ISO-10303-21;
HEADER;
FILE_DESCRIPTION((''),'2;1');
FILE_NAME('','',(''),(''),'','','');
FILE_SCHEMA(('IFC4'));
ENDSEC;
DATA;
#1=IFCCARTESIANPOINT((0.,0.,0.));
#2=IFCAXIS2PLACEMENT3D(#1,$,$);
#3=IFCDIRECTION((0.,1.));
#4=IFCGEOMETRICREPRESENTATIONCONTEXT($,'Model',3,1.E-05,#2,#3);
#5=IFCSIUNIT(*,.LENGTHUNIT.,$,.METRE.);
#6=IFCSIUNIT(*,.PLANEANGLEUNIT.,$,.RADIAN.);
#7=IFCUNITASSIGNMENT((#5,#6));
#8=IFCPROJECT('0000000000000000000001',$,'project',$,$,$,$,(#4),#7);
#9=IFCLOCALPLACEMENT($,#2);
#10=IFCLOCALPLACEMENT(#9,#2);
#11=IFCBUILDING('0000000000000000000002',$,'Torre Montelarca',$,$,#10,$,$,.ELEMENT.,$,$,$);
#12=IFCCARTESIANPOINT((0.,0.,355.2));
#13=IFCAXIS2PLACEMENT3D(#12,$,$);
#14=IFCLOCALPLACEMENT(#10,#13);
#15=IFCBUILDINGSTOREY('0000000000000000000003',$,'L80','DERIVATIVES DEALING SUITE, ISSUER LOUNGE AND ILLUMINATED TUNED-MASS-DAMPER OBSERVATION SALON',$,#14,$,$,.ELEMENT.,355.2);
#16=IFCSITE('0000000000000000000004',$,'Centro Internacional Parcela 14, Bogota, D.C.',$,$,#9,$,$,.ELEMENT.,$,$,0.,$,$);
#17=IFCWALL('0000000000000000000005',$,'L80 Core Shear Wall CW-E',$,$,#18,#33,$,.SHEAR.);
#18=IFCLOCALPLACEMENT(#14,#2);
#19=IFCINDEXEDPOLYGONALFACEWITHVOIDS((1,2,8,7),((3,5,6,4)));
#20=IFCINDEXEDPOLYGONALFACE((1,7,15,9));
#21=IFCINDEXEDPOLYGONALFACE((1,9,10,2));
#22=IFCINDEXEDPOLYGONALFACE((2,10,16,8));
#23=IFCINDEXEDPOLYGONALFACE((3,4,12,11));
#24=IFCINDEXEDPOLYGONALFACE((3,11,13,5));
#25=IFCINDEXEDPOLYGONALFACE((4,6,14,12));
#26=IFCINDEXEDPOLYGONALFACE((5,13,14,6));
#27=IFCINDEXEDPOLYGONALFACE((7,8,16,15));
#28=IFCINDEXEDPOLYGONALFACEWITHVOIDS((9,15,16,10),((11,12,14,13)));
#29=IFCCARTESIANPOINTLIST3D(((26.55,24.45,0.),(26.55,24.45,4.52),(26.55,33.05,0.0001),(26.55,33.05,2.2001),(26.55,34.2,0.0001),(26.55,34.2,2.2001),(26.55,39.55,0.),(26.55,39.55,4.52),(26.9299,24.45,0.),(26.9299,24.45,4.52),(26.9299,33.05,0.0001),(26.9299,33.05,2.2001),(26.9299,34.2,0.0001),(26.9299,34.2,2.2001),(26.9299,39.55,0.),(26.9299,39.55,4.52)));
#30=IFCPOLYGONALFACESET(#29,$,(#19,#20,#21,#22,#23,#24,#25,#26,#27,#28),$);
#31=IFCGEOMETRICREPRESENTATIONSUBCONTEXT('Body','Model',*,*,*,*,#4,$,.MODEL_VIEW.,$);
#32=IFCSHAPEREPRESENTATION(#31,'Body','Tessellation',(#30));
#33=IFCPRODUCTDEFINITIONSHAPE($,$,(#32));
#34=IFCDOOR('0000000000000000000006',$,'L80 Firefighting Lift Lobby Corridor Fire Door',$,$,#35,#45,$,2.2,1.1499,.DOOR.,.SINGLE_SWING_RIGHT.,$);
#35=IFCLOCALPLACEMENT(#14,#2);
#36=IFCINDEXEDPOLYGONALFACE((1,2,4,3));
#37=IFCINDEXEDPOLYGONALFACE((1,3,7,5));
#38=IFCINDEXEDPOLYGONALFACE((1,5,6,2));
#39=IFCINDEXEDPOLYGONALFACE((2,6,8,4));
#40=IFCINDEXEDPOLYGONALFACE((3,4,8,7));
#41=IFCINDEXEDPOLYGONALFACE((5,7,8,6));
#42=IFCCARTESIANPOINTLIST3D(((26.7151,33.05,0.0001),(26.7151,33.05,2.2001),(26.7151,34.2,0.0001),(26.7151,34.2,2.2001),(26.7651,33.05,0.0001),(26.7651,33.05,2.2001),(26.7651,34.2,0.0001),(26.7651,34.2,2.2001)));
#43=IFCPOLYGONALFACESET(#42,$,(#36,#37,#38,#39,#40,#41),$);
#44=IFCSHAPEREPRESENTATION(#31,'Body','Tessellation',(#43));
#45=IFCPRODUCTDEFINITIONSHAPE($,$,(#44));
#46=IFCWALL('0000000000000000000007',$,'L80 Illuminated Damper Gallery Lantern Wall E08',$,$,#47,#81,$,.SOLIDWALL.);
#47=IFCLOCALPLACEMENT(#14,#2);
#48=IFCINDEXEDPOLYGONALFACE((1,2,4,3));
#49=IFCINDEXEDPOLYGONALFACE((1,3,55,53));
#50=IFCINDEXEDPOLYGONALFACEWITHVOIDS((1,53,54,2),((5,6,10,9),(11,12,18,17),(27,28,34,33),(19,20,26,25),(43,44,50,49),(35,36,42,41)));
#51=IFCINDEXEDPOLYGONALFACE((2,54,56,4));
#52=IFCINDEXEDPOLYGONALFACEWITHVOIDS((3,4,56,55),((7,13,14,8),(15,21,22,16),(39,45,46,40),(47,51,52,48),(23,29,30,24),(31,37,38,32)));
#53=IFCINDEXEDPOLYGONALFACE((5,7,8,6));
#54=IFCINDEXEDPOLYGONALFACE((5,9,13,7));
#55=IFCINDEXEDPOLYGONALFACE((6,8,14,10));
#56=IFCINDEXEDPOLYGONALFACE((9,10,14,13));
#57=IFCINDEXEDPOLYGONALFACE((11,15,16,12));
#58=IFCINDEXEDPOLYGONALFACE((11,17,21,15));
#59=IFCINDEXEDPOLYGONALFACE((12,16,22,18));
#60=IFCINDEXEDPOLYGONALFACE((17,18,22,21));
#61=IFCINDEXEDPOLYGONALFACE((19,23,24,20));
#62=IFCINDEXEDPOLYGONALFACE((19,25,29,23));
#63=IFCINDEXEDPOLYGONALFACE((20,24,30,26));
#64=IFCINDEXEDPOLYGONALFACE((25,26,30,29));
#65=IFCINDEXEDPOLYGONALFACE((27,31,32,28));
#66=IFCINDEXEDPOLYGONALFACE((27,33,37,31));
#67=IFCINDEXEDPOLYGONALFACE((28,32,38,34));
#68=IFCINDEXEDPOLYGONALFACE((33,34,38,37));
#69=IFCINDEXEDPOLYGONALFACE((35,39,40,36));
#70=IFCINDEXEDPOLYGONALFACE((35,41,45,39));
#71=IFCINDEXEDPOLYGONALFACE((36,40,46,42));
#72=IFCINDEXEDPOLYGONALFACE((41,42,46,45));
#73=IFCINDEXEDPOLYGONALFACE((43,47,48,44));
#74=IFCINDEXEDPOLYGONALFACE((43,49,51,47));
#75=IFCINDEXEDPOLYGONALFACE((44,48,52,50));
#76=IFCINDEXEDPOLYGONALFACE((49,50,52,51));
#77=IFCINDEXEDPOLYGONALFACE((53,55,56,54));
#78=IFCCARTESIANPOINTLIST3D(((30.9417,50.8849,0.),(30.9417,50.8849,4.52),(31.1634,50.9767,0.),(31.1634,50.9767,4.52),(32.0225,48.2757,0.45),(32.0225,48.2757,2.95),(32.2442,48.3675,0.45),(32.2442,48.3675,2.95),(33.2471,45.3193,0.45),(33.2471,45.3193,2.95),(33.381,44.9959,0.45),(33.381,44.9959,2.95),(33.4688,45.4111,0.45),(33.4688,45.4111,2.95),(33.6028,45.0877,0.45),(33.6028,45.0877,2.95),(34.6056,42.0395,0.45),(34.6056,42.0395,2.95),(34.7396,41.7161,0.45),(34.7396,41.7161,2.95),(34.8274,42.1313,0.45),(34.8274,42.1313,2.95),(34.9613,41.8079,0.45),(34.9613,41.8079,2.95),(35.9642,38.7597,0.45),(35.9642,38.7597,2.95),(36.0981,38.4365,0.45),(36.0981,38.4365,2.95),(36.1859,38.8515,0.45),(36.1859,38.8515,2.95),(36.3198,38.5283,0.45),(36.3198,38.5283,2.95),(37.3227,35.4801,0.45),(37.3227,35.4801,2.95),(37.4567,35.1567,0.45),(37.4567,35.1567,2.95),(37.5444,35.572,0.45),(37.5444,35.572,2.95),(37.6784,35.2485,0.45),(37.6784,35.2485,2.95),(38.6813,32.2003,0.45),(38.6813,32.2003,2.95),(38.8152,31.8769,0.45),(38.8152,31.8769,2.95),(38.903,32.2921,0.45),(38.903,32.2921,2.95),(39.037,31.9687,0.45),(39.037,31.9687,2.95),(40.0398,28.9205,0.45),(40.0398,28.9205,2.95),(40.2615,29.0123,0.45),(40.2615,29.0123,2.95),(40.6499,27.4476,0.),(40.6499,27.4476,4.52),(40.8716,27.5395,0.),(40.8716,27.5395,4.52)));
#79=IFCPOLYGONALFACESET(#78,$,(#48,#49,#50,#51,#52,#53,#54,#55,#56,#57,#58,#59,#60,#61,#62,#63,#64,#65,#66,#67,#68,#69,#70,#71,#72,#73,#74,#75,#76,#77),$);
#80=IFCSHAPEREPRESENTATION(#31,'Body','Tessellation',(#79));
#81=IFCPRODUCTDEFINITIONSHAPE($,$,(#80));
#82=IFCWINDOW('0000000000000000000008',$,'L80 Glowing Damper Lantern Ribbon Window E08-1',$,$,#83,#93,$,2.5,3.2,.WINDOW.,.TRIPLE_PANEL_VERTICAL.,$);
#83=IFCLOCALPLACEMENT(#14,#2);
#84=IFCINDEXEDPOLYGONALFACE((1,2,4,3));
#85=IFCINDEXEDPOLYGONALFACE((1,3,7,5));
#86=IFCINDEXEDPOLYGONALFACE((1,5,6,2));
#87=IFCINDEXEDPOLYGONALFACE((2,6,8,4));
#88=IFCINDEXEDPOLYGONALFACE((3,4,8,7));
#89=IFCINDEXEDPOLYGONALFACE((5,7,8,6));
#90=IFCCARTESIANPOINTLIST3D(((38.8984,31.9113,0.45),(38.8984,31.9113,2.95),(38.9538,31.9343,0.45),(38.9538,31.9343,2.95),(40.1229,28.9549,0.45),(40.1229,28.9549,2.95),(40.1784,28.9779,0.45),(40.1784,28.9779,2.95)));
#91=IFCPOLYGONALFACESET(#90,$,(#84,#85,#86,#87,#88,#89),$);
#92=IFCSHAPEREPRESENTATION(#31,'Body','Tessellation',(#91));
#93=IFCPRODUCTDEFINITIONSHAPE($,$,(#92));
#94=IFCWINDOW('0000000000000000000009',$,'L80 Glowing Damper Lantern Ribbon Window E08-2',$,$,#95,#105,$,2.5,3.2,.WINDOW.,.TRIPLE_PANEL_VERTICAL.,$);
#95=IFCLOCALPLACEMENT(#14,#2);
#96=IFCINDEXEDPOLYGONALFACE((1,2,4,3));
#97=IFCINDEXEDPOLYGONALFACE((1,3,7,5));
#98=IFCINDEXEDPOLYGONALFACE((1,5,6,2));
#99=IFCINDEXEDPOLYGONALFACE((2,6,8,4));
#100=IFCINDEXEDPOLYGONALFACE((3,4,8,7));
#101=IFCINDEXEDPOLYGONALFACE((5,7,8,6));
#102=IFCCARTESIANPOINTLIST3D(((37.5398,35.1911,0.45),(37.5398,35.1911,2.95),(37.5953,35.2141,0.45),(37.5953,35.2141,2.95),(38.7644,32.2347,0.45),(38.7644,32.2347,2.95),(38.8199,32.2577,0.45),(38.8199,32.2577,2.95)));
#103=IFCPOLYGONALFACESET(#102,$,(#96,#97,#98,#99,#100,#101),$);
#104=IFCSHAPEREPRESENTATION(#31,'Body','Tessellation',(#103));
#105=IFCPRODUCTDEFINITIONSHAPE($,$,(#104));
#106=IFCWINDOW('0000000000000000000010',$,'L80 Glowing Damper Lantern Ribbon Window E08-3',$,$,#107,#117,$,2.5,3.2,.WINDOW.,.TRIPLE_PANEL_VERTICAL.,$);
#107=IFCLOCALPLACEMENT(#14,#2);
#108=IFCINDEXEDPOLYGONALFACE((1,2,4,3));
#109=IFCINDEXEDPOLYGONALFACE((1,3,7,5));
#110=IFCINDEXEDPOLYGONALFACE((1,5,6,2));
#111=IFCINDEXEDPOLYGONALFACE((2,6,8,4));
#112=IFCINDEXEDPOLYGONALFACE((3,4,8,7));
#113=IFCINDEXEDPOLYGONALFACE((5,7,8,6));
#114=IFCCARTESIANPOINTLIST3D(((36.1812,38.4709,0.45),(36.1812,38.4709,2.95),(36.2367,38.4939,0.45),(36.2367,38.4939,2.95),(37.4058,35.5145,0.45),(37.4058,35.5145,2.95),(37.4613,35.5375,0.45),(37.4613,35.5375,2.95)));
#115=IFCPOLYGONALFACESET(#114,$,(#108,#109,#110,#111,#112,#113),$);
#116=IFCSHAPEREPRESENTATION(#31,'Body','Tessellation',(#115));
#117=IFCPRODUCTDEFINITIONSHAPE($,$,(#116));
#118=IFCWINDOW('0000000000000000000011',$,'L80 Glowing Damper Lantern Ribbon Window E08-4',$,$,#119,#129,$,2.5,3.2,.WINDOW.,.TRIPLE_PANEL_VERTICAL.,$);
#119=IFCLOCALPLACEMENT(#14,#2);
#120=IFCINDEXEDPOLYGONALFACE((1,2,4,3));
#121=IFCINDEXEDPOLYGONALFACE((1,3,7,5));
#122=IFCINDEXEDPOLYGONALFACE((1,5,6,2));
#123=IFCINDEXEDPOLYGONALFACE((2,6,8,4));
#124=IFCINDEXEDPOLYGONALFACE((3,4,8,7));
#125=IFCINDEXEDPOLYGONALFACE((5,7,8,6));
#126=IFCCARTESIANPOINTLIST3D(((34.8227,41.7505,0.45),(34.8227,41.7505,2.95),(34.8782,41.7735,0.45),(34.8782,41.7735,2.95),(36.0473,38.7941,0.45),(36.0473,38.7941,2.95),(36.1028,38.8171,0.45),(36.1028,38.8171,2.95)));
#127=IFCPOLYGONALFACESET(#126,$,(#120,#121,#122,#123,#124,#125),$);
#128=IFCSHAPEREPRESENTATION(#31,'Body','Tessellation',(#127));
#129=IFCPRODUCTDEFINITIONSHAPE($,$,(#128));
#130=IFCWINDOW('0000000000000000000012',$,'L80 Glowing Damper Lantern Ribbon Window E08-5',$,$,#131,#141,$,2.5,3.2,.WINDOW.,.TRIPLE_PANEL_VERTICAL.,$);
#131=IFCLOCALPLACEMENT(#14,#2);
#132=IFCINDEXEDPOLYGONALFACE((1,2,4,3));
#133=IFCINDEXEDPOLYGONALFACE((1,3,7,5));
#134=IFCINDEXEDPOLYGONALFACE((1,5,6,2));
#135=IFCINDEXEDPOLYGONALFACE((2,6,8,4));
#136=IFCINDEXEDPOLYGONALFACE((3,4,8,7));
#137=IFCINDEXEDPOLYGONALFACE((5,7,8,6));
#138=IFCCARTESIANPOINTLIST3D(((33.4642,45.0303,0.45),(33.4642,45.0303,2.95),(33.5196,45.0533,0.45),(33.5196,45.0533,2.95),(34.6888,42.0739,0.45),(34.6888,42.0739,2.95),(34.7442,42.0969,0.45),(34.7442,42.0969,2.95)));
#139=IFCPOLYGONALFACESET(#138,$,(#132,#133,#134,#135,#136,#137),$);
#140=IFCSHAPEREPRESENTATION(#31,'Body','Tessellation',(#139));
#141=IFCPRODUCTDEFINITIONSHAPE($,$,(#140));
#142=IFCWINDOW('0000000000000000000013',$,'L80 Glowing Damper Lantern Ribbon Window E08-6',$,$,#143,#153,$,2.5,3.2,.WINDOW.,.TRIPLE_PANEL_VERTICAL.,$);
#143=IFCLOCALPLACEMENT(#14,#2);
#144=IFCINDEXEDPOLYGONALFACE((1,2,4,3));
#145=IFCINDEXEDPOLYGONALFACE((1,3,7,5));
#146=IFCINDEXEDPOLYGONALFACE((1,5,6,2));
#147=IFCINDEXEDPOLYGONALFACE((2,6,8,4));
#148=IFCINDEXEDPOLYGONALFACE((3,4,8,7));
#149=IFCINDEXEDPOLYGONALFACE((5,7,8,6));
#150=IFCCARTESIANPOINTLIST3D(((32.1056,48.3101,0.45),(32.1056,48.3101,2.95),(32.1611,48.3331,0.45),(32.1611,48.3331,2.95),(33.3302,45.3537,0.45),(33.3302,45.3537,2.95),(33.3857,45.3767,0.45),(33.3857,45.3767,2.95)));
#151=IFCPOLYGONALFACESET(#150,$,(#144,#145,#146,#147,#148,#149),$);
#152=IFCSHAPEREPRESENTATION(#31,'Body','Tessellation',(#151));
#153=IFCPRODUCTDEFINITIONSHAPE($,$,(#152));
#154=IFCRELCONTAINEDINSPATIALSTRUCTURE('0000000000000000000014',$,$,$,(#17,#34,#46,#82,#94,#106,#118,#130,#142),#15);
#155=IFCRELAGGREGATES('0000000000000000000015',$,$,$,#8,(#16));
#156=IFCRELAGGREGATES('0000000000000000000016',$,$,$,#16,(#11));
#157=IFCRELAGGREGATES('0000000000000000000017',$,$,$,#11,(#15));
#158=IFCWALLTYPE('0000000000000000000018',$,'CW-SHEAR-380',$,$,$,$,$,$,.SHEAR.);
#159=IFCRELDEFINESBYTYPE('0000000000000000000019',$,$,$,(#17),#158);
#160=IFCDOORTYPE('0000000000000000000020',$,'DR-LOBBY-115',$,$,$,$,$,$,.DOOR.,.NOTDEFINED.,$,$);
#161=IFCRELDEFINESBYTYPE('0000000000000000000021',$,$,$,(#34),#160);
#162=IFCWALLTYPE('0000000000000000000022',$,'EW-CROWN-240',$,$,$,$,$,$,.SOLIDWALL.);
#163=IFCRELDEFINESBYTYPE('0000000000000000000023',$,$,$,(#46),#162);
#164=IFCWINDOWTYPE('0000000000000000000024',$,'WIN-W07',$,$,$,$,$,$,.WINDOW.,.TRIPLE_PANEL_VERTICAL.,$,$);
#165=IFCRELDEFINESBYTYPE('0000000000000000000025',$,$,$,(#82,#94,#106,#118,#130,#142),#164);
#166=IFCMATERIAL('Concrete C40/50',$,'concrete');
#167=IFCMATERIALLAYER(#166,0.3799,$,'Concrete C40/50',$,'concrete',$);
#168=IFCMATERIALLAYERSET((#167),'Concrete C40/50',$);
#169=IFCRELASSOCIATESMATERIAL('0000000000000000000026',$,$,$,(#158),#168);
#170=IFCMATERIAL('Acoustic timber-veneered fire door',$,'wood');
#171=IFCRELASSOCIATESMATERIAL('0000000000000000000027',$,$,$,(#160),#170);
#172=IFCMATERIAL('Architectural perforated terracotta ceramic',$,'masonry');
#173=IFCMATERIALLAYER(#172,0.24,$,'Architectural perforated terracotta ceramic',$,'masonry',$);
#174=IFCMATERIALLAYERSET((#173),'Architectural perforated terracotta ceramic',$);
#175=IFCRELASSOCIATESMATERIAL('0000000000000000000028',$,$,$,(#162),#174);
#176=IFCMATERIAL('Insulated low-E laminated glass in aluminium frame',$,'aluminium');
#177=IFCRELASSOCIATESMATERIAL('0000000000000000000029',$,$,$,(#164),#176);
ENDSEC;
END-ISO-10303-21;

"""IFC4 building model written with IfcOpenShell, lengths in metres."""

from ifc_helpers import new_model, si_unit, direction, frame, frame_2d, origin, place, context, subcontext, project, spatial, rectangle, extrude, source, transform, mapped, material, layer, layer_set, type_object, element, fill, save


model = new_model("IFC4")

# Units and contexts
model_context = context("Model", 3, precision=1e-05, world=origin(), true_north=direction((0.0, 1.0)))
body_context = subcontext(model_context, "Body", "Model", "MODEL_VIEW")
ifc_project = project(units=[si_unit("LENGTHUNIT", "METRE"), si_unit("PLANEANGLEUNIT", "RADIAN")], contexts=[model_context])

# Site, building, storey
site_placement = place(None, origin())
site = spatial("IfcSite", under=ifc_project, at=site_placement, Name="Centro Internacional Parcela 14, Bogota, D.C.", CompositionType="ELEMENT", RefElevation=0.0)
building_placement = place(site_placement, origin())
building = spatial("IfcBuilding", under=site, at=building_placement, Name="Torre Montelarca", CompositionType="ELEMENT")
storey_placement = place(building_placement, frame((0.0, 0.0, 355.2)))
storey = spatial("IfcBuildingStorey", under=building, at=storey_placement, Name="L80", Description="DERIVATIVES DEALING SUITE, ISSUER LOUNGE AND ILLUMINATED TUNED-MASS-DAMPER OBSERVATION SALON", CompositionType="ELEMENT", Elevation=355.2)

# Shared definitions
ifc_material_1 = material(Name="Concrete C40/50", Category="concrete")

# Wall, opening, door
ifc_layer_1 = layer(ifc_material_1, 0.3799, Name="Concrete C40/50", Category="concrete")
ifc_layer_set_1 = layer_set([ifc_layer_1], Name="Concrete C40/50")
wall_type_1 = type_object("IfcWallType", Name="CW-SHEAR-380", PredefinedType="SHEAR", material=ifc_layer_set_1)
wall_1_placement = place(storey_placement, frame((26.74, 24.45, 0.0), z_axis=(0.0, 0.0, 1.0), x_axis=(0.0, 1.0, 0.0)))
wall_1 = element("IfcWall", 1, at=wall_1_placement, inside=storey, type_object=wall_type_1, Name="L80 Core Shear Wall CW-E", PredefinedType="SHEAR", context=body_context, shape_type="SweptSolid", body=[
    extrude(rectangle(XDim=15.1001, YDim=0.3799, at=frame_2d((7.55, 0.0))), origin(), (0.0, 0.0, 1.0), 4.52),
])
opening_1_placement = place(wall_1_placement, frame((8.6001, 0.0, 0.0)))
opening_1 = element("IfcOpeningElement", 2, at=opening_1_placement, cuts=wall_1, PredefinedType="OPENING", context=body_context, shape_type="SweptSolid", body=[
    extrude(rectangle(XDim=1.1499, YDim=2.2, at=frame_2d((0.575, 1.1001))), frame((0.0, 0.2, 0.0), z_axis=(0.0, -1.0, 0.0), x_axis=(1.0, 0.0, 0.0)), (0.0, 0.0, 1.0), 0.3999),
])
ifc_material_2 = material(Name="Acoustic timber-veneered fire door", Category="wood")
door_type = type_object("IfcDoorType", Name="DR-LOBBY-115", OperationType="NOTDEFINED", PredefinedType="DOOR", material=ifc_material_2)
shared_shape_1 = source(origin(), body_context, "Body", "SweptSolid", [
    extrude(rectangle(XDim=1.1499, YDim=2.2, at=frame_2d((0.575, 1.1001))), frame((0.0, 0.0249, 0.0), z_axis=(0.0, -1.0, 0.0), x_axis=(1.0, 0.0, 0.0)), (0.0, 0.0, 1.0), 0.05),
])
door_placement = place(opening_1_placement, origin())
door = element("IfcDoor", 3, at=door_placement, inside=storey, type_object=door_type, Name="L80 Firefighting Lift Lobby Corridor Fire Door", OperationType="SINGLE_SWING_RIGHT", OverallHeight=2.2, OverallWidth=1.1499, PredefinedType="DOOR", context=body_context, shape_type="MappedRepresentation", body=[
    mapped(shared_shape_1, transform((0.0, 0.0, 0.0), scale=1.0)),
])
fill(opening_1, door)

# Wall, openings, windows
ifc_material_3 = material(Name="Architectural perforated terracotta ceramic", Category="masonry")
ifc_layer_2 = layer(ifc_material_3, 0.24, Name="Architectural perforated terracotta ceramic", Category="masonry")
ifc_layer_set_2 = layer_set([ifc_layer_2], Name="Architectural perforated terracotta ceramic")
wall_type_2 = type_object("IfcWallType", Name="EW-CROWN-240", PredefinedType="SOLIDWALL", material=ifc_layer_set_2)
wall_2_placement = place(storey_placement, frame((40.7607, 27.4937, 0.0), z_axis=(0.0, 0.0, 1.0), x_axis=(-0.382691, 0.923876, 0.0)))
wall_2 = element("IfcWall", 4, at=wall_2_placement, inside=storey, type_object=wall_type_2, Name="L80 Illuminated Damper Gallery Lantern Wall E08", PredefinedType="SOLIDWALL", context=body_context, shape_type="SweptSolid", body=[
    extrude(rectangle(XDim=25.3684, YDim=0.24, at=frame_2d((12.6841, 0.0))), origin(), (0.0, 0.0, 1.0), 4.52),
])
opening_2_placement = place(wall_2_placement, frame((1.594, 0.0, 0.45)))
opening_2 = element("IfcOpeningElement", 5, at=opening_2_placement, cuts=wall_2, PredefinedType="OPENING", context=body_context, shape_type="SweptSolid", body=[
    extrude(rectangle(XDim=3.2, YDim=2.5, at=frame_2d((1.6001, 1.25))), frame((0.0, 0.1299, 0.0), z_axis=(0.0, -1.0, 0.0), x_axis=(1.0, 0.0, 0.0)), (0.0, 0.0, 1.0), 0.26),
])
opening_3_placement = place(wall_2_placement, frame((5.144, 0.0, 0.45)))
opening_3 = element("IfcOpeningElement", 6, at=opening_3_placement, cuts=wall_2, PredefinedType="OPENING", context=body_context, shape_type="SweptSolid", body=[
    extrude(rectangle(XDim=3.2, YDim=2.5, at=frame_2d((1.6001, 1.25))), frame((0.0, 0.1299, 0.0), z_axis=(0.0, -1.0, 0.0), x_axis=(1.0, 0.0, 0.0)), (0.0, 0.0, 1.0), 0.26),
])
opening_4_placement = place(wall_2_placement, frame((8.6941, 0.0, 0.45)))
opening_4 = element("IfcOpeningElement", 7, at=opening_4_placement, cuts=wall_2, PredefinedType="OPENING", context=body_context, shape_type="SweptSolid", body=[
    extrude(rectangle(XDim=3.2, YDim=2.5, at=frame_2d((1.6001, 1.25))), frame((0.0, 0.1299, 0.0), z_axis=(0.0, -1.0, 0.0), x_axis=(1.0, 0.0, 0.0)), (0.0, 0.0, 1.0), 0.26),
])
opening_5_placement = place(wall_2_placement, frame((12.2439, 0.0, 0.45)))
opening_5 = element("IfcOpeningElement", 8, at=opening_5_placement, cuts=wall_2, PredefinedType="OPENING", context=body_context, shape_type="SweptSolid", body=[
    extrude(rectangle(XDim=3.2, YDim=2.5, at=frame_2d((1.6001, 1.25))), frame((0.0, 0.1299, 0.0), z_axis=(0.0, -1.0, 0.0), x_axis=(1.0, 0.0, 0.0)), (0.0, 0.0, 1.0), 0.26),
])
opening_6_placement = place(wall_2_placement, frame((15.7939, 0.0, 0.45)))
opening_6 = element("IfcOpeningElement", 9, at=opening_6_placement, cuts=wall_2, PredefinedType="OPENING", context=body_context, shape_type="SweptSolid", body=[
    extrude(rectangle(XDim=3.2, YDim=2.5, at=frame_2d((1.6001, 1.25))), frame((0.0, 0.1299, 0.0), z_axis=(0.0, -1.0, 0.0), x_axis=(1.0, 0.0, 0.0)), (0.0, 0.0, 1.0), 0.26),
])
opening_7_placement = place(wall_2_placement, frame((19.344, 0.0, 0.45)))
opening_7 = element("IfcOpeningElement", 10, at=opening_7_placement, cuts=wall_2, PredefinedType="OPENING", context=body_context, shape_type="SweptSolid", body=[
    extrude(rectangle(XDim=3.2, YDim=2.5, at=frame_2d((1.6001, 1.25))), frame((0.0, 0.1299, 0.0), z_axis=(0.0, -1.0, 0.0), x_axis=(1.0, 0.0, 0.0)), (0.0, 0.0, 1.0), 0.26),
])
ifc_material_4 = material(Name="Insulated low-E laminated glass in aluminium frame", Category="aluminium")
window_type = type_object("IfcWindowType", Name="WIN-W07", PartitioningType="TRIPLE_PANEL_VERTICAL", PredefinedType="WINDOW", material=ifc_material_4)
shared_shape_2 = source(origin(), body_context, "Body", "SweptSolid", [
    extrude(rectangle(XDim=3.2, YDim=2.5, at=frame_2d((1.6001, 1.25))), frame((0.0, 0.03, 0.0), z_axis=(0.0, -1.0, 0.0), x_axis=(1.0, 0.0, 0.0)), (0.0, 0.0, 1.0), 0.0601),
])
window_1_placement = place(opening_2_placement, origin())
window_1 = element("IfcWindow", 11, at=window_1_placement, inside=storey, type_object=window_type, Name="L80 Glowing Damper Lantern Ribbon Window E08-1", OverallHeight=2.5, OverallWidth=3.2, PartitioningType="TRIPLE_PANEL_VERTICAL", PredefinedType="WINDOW", context=body_context, shape_type="MappedRepresentation", body=[
    mapped(shared_shape_2, transform((0.0, 0.0, 0.0), scale=1.0)),
])
fill(opening_2, window_1)
window_2_placement = place(opening_3_placement, origin())
window_2 = element("IfcWindow", 12, at=window_2_placement, inside=storey, type_object=window_type, Name="L80 Glowing Damper Lantern Ribbon Window E08-2", OverallHeight=2.5, OverallWidth=3.2, PartitioningType="TRIPLE_PANEL_VERTICAL", PredefinedType="WINDOW", context=body_context, shape_type="MappedRepresentation", body=[
    mapped(shared_shape_2, transform((0.0, 0.0, 0.0), scale=1.0)),
])
fill(opening_3, window_2)
window_3_placement = place(opening_4_placement, origin())
window_3 = element("IfcWindow", 13, at=window_3_placement, inside=storey, type_object=window_type, Name="L80 Glowing Damper Lantern Ribbon Window E08-3", OverallHeight=2.5, OverallWidth=3.2, PartitioningType="TRIPLE_PANEL_VERTICAL", PredefinedType="WINDOW", context=body_context, shape_type="MappedRepresentation", body=[
    mapped(shared_shape_2, transform((0.0, 0.0, 0.0), scale=1.0)),
])
fill(opening_4, window_3)
window_4_placement = place(opening_5_placement, origin())
window_4 = element("IfcWindow", 14, at=window_4_placement, inside=storey, type_object=window_type, Name="L80 Glowing Damper Lantern Ribbon Window E08-4", OverallHeight=2.5, OverallWidth=3.2, PartitioningType="TRIPLE_PANEL_VERTICAL", PredefinedType="WINDOW", context=body_context, shape_type="MappedRepresentation", body=[
    mapped(shared_shape_2, transform((0.0, 0.0, 0.0), scale=1.0)),
])
fill(opening_5, window_4)
window_5_placement = place(opening_6_placement, origin())
window_5 = element("IfcWindow", 15, at=window_5_placement, inside=storey, type_object=window_type, Name="L80 Glowing Damper Lantern Ribbon Window E08-5", OverallHeight=2.5, OverallWidth=3.2, PartitioningType="TRIPLE_PANEL_VERTICAL", PredefinedType="WINDOW", context=body_context, shape_type="MappedRepresentation", body=[
    mapped(shared_shape_2, transform((0.0, 0.0, 0.0), scale=1.0)),
])
fill(opening_6, window_5)
window_6_placement = place(opening_7_placement, origin())
window_6 = element("IfcWindow", 16, at=window_6_placement, inside=storey, type_object=window_type, Name="L80 Glowing Damper Lantern Ribbon Window E08-6", OverallHeight=2.5, OverallWidth=3.2, PartitioningType="TRIPLE_PANEL_VERTICAL", PredefinedType="WINDOW", context=body_context, shape_type="MappedRepresentation", body=[
    mapped(shared_shape_2, transform((0.0, 0.0, 0.0), scale=1.0)),
])
fill(opening_7, window_6)

save(model, "model.ifc")
